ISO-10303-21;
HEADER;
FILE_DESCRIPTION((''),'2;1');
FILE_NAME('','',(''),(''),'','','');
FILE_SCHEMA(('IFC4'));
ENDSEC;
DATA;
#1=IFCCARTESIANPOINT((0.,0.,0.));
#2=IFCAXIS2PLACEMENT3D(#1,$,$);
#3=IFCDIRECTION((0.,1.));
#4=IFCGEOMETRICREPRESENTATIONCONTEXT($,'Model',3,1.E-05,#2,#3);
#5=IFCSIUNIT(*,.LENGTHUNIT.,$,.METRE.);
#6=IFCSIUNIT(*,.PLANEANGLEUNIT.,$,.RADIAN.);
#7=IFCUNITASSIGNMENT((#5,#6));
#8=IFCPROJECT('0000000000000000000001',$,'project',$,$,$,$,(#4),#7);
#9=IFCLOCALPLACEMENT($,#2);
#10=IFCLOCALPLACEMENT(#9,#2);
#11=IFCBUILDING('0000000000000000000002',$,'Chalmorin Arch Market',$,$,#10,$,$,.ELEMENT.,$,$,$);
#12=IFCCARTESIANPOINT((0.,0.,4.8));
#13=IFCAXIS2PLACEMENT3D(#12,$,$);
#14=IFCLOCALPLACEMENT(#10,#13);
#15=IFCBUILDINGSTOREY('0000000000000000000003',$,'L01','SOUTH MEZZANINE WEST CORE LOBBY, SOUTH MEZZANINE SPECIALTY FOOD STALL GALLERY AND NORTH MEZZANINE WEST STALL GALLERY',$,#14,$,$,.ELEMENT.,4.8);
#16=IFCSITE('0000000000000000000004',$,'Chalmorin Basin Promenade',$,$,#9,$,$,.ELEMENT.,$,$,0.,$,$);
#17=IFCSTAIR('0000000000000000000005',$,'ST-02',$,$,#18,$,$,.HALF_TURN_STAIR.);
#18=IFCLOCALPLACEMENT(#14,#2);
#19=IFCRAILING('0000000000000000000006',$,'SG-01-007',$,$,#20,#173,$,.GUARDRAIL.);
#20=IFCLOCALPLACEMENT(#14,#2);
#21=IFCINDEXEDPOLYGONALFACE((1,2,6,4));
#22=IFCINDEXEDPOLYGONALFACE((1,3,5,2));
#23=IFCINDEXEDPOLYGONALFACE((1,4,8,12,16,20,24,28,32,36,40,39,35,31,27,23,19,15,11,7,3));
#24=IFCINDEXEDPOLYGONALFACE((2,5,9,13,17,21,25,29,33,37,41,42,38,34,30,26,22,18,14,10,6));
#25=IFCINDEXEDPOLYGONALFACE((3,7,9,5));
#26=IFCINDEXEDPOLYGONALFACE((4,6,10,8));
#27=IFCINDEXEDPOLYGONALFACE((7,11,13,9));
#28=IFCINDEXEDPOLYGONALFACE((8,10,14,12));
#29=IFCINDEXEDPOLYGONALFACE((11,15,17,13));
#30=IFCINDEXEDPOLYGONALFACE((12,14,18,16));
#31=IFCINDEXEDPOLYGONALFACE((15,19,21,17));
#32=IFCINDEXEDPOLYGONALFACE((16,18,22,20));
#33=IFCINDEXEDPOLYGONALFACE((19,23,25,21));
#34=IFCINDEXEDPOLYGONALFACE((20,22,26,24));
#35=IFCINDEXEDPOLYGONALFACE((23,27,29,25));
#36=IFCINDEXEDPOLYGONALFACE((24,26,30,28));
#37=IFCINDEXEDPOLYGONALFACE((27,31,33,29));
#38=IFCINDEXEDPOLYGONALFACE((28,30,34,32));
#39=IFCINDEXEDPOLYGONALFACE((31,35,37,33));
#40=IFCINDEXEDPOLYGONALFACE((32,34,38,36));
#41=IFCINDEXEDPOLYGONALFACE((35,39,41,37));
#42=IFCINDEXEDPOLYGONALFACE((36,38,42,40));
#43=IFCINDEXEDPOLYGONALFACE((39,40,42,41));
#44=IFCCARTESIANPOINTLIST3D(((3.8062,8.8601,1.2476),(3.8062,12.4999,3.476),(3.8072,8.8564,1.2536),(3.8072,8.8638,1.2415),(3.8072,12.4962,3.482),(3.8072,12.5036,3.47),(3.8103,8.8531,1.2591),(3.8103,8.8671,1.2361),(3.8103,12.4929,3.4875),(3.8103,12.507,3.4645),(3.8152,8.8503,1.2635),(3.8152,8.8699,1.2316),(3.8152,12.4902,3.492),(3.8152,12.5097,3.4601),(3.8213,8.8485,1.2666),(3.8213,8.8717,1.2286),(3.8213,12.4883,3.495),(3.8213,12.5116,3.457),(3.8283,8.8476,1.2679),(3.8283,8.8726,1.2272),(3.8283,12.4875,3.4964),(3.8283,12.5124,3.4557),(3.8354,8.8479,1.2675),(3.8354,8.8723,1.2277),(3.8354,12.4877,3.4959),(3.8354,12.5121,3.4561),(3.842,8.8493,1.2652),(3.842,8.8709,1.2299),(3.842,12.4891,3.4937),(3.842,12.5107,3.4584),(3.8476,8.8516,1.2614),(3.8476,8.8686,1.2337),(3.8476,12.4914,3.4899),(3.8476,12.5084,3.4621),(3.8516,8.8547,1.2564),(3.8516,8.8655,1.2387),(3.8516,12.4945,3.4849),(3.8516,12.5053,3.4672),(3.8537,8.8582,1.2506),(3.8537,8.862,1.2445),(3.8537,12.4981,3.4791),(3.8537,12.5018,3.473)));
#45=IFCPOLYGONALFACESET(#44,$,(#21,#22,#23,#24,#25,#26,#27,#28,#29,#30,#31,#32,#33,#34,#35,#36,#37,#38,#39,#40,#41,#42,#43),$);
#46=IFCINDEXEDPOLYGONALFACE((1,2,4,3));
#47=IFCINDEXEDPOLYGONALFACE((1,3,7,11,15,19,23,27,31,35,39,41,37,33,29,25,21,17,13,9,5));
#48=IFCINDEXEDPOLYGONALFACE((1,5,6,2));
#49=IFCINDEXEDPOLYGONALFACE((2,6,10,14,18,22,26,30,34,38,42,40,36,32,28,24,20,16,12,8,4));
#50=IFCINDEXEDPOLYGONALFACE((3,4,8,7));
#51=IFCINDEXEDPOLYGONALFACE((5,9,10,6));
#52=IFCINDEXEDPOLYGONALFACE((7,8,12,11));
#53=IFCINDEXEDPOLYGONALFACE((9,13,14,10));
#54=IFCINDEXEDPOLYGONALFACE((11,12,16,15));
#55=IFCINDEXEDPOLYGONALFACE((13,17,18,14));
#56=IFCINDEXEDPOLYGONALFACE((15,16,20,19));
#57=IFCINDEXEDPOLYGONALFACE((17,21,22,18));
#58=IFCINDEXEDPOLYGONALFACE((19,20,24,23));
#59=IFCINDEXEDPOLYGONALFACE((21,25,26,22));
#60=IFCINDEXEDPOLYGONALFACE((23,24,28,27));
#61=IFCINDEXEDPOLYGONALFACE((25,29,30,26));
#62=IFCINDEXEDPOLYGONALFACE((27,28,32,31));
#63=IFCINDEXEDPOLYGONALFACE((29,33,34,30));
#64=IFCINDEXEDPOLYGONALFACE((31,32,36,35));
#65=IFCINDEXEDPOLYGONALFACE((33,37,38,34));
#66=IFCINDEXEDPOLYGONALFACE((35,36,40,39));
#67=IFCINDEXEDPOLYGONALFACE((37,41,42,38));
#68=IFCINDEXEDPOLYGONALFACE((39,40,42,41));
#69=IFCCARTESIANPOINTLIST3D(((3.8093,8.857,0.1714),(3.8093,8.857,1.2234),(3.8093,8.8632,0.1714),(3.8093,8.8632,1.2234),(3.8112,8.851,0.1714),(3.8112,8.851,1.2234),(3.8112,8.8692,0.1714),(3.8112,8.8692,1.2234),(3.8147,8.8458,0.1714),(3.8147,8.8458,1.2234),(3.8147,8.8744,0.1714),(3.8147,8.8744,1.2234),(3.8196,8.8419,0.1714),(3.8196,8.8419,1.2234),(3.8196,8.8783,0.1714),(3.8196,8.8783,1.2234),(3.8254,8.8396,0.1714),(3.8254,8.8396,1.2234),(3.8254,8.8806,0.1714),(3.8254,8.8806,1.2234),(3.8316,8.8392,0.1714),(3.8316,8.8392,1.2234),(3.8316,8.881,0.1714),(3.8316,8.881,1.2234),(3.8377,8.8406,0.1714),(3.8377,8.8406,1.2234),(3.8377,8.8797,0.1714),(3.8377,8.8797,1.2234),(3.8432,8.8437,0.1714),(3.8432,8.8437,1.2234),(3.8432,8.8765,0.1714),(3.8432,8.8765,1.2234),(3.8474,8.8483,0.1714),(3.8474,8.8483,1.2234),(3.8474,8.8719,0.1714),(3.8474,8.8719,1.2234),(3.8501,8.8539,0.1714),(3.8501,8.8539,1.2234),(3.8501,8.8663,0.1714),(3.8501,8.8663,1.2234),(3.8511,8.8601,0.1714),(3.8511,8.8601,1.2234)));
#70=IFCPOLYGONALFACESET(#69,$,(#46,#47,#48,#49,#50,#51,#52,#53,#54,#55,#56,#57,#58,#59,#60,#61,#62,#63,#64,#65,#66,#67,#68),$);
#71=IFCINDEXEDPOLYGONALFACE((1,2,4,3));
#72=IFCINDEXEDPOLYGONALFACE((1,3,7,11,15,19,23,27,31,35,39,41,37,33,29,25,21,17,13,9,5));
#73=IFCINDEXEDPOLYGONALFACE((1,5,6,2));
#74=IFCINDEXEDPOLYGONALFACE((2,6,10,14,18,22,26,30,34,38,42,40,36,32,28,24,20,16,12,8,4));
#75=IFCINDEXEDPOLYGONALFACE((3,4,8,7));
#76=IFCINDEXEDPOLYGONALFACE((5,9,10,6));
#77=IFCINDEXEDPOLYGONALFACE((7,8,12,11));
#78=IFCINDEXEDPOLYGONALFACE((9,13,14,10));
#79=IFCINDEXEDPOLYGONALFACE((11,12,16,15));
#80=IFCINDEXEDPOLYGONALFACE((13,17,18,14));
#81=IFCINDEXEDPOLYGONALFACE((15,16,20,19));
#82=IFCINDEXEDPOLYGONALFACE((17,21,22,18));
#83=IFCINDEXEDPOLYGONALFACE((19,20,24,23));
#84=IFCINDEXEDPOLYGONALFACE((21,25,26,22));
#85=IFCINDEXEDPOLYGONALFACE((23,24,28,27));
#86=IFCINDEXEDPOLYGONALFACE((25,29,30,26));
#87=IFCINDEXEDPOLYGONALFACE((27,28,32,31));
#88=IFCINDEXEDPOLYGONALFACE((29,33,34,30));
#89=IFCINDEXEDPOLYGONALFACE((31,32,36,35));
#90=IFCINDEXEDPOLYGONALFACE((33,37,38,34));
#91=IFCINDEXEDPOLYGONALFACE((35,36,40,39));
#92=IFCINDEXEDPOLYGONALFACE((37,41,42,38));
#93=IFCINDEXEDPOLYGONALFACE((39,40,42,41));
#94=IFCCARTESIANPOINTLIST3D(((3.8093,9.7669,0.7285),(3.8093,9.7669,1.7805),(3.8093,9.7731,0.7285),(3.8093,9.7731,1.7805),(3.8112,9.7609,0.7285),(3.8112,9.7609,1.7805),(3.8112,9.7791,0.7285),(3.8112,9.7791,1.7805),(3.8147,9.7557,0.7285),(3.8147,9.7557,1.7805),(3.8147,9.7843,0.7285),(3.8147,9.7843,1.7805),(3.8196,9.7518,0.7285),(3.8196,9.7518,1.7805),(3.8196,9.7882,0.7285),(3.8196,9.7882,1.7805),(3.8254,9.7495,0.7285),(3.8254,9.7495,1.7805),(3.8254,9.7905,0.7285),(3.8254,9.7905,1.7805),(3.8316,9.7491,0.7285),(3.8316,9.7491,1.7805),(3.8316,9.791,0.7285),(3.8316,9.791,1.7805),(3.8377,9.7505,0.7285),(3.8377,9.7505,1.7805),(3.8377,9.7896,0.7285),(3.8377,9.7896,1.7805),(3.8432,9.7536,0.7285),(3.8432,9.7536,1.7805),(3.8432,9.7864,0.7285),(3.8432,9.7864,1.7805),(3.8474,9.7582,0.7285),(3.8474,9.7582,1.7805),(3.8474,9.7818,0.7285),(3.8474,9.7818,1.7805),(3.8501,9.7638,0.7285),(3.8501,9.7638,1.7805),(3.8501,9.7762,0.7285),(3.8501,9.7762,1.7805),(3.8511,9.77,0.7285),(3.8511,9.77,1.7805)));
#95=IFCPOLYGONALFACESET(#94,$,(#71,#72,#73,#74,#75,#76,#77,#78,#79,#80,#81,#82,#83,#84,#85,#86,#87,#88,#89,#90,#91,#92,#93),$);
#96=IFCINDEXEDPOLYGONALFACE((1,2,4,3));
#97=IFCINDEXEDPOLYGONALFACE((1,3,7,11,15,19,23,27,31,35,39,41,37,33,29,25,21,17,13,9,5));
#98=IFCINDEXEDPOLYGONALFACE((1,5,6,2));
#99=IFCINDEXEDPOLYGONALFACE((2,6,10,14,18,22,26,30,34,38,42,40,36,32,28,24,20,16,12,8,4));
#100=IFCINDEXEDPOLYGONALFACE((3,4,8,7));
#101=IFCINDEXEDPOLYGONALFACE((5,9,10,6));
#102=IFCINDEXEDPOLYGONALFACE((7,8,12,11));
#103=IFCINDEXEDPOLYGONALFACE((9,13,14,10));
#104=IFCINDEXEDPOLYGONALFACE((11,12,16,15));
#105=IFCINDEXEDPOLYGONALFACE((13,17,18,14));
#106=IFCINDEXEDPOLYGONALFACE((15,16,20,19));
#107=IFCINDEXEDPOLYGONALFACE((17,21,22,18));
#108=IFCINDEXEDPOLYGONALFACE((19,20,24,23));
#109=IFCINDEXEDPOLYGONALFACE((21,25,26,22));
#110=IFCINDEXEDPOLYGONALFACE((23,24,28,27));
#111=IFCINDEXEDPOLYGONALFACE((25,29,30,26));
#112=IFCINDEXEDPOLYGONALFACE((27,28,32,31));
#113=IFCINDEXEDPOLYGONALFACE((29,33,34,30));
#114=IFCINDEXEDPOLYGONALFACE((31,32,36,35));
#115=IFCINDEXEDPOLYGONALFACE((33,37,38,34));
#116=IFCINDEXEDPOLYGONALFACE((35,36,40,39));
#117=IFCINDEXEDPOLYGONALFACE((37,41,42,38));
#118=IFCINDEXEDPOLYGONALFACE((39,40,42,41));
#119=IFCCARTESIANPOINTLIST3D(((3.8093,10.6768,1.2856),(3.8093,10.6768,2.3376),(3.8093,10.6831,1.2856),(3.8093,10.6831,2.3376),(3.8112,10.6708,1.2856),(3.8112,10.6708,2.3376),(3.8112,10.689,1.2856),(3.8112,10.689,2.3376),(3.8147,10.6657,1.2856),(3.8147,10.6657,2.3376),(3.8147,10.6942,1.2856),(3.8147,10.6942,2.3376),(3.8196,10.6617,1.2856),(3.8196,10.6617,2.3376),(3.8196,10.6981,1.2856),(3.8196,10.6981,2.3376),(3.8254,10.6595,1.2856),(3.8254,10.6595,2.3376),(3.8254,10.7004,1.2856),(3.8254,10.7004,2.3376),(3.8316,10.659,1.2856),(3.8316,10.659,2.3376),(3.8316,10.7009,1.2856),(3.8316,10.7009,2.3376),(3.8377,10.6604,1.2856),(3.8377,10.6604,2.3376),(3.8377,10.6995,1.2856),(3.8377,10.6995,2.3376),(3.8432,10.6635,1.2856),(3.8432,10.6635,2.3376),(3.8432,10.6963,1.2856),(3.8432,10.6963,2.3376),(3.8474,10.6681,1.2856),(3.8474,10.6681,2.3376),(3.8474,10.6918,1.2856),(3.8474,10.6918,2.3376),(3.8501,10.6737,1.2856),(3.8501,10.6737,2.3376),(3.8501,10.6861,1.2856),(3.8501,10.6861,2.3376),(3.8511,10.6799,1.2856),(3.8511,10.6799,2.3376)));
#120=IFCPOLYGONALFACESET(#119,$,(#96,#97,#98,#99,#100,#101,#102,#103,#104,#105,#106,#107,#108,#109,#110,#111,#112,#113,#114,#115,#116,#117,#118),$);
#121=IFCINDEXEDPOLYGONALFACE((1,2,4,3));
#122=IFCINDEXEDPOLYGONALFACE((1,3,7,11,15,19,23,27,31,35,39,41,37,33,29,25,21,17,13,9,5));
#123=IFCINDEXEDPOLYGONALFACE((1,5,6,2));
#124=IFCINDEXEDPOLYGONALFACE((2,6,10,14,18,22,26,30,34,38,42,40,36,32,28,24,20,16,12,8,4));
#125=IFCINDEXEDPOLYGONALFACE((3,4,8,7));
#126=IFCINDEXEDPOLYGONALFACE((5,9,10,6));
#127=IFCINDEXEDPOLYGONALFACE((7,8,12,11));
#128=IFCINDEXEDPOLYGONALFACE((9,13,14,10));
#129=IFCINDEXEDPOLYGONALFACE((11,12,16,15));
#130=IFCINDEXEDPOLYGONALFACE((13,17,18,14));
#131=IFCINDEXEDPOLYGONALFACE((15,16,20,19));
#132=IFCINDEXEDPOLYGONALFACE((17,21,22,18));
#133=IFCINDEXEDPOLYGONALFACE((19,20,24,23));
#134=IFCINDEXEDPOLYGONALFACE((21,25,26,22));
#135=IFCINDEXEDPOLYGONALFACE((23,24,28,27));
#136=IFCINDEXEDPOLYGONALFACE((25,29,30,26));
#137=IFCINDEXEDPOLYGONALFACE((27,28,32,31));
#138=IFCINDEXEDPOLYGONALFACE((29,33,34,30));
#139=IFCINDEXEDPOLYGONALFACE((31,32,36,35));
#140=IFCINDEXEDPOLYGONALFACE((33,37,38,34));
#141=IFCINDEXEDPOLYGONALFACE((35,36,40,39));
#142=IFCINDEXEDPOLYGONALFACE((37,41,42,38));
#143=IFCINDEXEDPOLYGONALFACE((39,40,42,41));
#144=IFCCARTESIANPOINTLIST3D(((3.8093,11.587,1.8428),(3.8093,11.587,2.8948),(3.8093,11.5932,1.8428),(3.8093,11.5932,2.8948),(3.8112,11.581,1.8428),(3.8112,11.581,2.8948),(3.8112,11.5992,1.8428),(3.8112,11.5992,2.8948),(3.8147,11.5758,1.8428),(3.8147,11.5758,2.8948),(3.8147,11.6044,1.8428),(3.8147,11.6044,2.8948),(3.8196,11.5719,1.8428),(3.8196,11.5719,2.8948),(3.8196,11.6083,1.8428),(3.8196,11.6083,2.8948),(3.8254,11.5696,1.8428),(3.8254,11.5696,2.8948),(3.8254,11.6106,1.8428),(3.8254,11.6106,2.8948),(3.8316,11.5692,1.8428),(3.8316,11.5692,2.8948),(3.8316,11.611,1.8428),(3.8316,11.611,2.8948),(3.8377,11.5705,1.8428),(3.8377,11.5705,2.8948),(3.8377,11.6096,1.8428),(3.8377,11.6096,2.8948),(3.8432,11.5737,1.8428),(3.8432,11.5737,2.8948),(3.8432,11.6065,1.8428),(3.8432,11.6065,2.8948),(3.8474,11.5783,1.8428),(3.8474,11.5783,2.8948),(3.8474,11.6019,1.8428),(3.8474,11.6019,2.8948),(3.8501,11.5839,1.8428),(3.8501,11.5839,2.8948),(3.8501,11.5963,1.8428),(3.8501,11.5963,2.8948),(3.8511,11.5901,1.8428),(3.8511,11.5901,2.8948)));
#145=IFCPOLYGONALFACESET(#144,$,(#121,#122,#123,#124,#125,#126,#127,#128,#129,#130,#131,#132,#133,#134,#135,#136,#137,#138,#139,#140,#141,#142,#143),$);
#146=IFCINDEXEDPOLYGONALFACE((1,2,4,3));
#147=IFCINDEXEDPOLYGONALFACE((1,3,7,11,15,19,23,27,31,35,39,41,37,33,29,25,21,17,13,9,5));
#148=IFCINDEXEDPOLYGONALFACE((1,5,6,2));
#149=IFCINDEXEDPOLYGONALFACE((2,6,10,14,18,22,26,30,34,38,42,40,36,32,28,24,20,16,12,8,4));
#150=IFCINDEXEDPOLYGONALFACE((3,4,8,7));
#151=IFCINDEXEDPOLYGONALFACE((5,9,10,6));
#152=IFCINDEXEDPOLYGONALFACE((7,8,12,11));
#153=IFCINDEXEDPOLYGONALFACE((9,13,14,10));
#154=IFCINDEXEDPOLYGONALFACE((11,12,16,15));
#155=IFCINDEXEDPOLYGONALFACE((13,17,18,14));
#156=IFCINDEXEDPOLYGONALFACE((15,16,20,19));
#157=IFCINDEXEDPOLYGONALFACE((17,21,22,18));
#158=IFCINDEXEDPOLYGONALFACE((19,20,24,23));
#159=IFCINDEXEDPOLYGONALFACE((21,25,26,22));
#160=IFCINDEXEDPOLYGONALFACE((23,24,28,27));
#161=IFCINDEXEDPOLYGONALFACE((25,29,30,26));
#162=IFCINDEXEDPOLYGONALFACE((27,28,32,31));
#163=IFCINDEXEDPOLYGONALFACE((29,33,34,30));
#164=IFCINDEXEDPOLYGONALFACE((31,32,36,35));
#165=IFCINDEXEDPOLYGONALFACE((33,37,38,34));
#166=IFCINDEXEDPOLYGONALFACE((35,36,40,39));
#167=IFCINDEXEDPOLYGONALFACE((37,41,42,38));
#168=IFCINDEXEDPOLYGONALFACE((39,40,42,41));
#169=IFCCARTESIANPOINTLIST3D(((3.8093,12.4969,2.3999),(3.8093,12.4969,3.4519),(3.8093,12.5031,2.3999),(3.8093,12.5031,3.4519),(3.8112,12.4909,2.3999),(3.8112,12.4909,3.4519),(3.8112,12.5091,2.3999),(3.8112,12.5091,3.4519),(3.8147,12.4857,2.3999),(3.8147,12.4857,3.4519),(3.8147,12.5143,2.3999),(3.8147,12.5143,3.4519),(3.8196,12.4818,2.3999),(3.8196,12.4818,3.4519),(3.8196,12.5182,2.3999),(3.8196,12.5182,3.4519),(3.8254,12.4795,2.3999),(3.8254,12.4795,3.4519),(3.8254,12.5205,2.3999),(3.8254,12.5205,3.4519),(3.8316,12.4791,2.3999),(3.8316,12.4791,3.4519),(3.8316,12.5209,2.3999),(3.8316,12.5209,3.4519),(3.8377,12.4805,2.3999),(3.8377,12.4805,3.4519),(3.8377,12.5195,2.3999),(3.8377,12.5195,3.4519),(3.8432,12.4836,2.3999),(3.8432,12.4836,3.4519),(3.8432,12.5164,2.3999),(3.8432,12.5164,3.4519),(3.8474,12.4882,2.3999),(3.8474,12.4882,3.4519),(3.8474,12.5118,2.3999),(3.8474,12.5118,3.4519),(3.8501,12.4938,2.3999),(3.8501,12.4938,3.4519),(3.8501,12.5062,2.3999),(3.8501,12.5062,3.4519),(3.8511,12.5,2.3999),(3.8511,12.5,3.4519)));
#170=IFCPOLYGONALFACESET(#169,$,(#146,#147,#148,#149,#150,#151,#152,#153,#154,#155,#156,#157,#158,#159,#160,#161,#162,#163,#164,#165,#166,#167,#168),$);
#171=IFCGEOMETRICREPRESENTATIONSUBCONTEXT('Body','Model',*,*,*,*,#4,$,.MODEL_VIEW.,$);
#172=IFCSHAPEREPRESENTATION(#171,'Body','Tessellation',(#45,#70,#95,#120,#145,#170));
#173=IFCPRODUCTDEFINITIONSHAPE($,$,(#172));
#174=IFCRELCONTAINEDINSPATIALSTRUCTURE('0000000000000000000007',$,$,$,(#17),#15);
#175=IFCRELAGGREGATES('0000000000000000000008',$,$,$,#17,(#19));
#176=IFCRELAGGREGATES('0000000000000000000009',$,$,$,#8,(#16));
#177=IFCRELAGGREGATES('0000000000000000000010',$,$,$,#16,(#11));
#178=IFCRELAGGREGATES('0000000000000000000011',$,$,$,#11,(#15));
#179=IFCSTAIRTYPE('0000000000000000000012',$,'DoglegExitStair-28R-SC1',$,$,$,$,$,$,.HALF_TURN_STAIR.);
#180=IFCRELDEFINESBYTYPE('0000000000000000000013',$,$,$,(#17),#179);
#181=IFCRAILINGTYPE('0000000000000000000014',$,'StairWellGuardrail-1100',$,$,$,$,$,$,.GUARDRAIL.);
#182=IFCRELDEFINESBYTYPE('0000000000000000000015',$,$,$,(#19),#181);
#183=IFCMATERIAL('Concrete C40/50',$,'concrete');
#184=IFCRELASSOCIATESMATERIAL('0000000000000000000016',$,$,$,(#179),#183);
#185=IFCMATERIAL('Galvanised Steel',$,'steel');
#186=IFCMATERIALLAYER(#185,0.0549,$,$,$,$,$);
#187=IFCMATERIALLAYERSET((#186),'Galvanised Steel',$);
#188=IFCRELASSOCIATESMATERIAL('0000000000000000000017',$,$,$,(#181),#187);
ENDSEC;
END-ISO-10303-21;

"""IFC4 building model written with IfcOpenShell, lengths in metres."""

from ifc_helpers import new_model, si_unit, direction, frame, origin, origin_2d, place, context, subcontext, project, spatial, circle, extrude, material, layer, layer_set, type_object, element, aggregate, save


model = new_model("IFC4")

# Units and contexts
model_context = context("Model", 3, precision=1e-05, world=origin(), true_north=direction((0.0, 1.0)))
body_context = subcontext(model_context, "Body", "Model", "MODEL_VIEW")
ifc_project = project(units=[si_unit("LENGTHUNIT", "METRE"), si_unit("PLANEANGLEUNIT", "RADIAN")], contexts=[model_context])

# Site, building, storey
site_placement = place(None, origin())
site = spatial("IfcSite", under=ifc_project, at=site_placement, Name="Chalmorin Basin Promenade", CompositionType="ELEMENT", RefElevation=0.0)
building_placement = place(site_placement, origin())
building = spatial("IfcBuilding", under=site, at=building_placement, Name="Chalmorin Arch Market", CompositionType="ELEMENT")
storey_placement = place(building_placement, frame((0.0, 0.0, 4.8)))
storey = spatial("IfcBuildingStorey", under=building, at=storey_placement, Name="L01", Description="SOUTH MEZZANINE WEST CORE LOBBY, SOUTH MEZZANINE SPECIALTY FOOD STALL GALLERY AND NORTH MEZZANINE WEST STALL GALLERY", CompositionType="ELEMENT", Elevation=4.8)

# Shared definitions
ifc_material_1 = material(Name="Concrete C40/50", Category="concrete")

# Stair, railing
stair_type = type_object("IfcStairType", Name="DoglegExitStair-28R-SC1", PredefinedType="HALF_TURN_STAIR", material=ifc_material_1)
stair_placement = place(storey_placement, origin())
stair = element("IfcStair", 1, at=stair_placement, inside=storey, type_object=stair_type, Name="ST-02", PredefinedType="HALF_TURN_STAIR")
ifc_material_2 = material(Name="Galvanised Steel", Category="steel")
ifc_layer_1 = layer(ifc_material_2, 0.0549)
ifc_layer_set_1 = layer_set([ifc_layer_1], Name="Galvanised Steel")
railing_type_1 = type_object("IfcRailingType", Name="StairWellGuardrail-1100", PredefinedType="GUARDRAIL", material=ifc_layer_set_1)
railing_1_placement = place(storey_placement, frame((3.8301, 8.8601, 0.1714)))
railing_1 = element("IfcRailing", 2, at=railing_1_placement, type_object=railing_type_1, Name="SG-01-007", PredefinedType="GUARDRAIL", context=body_context, shape_type="SweptSolid", body=[
    extrude(circle(Radius=0.0239, at=origin_2d()), frame((0.0, 0.0, 1.0762), z_axis=(0.0, 0.85285, 0.522156), x_axis=(-1.0, 0.0, 0.0)), (0.0, 0.0, 1.0), 4.2678),
    extrude(circle(Radius=0.021, at=origin_2d()), origin(), (0.0, 0.0, 1.0), 1.052),
    extrude(circle(Radius=0.021, at=origin_2d()), frame((0.0, 0.9099, 0.5571)), (0.0, 0.0, 1.0), 1.052),
    extrude(circle(Radius=0.021, at=origin_2d()), frame((0.0, 1.8198, 1.1143)), (0.0, 0.0, 1.0), 1.052),
    extrude(circle(Radius=0.021, at=origin_2d()), frame((0.0, 2.73, 1.6714)), (0.0, 0.0, 1.0), 1.052),
    extrude(circle(Radius=0.021, at=origin_2d()), frame((0.0, 3.6399, 2.2285)), (0.0, 0.0, 1.0), 1.052),
])
aggregate(stair, [railing_1])

save(model, "model.ifc")
